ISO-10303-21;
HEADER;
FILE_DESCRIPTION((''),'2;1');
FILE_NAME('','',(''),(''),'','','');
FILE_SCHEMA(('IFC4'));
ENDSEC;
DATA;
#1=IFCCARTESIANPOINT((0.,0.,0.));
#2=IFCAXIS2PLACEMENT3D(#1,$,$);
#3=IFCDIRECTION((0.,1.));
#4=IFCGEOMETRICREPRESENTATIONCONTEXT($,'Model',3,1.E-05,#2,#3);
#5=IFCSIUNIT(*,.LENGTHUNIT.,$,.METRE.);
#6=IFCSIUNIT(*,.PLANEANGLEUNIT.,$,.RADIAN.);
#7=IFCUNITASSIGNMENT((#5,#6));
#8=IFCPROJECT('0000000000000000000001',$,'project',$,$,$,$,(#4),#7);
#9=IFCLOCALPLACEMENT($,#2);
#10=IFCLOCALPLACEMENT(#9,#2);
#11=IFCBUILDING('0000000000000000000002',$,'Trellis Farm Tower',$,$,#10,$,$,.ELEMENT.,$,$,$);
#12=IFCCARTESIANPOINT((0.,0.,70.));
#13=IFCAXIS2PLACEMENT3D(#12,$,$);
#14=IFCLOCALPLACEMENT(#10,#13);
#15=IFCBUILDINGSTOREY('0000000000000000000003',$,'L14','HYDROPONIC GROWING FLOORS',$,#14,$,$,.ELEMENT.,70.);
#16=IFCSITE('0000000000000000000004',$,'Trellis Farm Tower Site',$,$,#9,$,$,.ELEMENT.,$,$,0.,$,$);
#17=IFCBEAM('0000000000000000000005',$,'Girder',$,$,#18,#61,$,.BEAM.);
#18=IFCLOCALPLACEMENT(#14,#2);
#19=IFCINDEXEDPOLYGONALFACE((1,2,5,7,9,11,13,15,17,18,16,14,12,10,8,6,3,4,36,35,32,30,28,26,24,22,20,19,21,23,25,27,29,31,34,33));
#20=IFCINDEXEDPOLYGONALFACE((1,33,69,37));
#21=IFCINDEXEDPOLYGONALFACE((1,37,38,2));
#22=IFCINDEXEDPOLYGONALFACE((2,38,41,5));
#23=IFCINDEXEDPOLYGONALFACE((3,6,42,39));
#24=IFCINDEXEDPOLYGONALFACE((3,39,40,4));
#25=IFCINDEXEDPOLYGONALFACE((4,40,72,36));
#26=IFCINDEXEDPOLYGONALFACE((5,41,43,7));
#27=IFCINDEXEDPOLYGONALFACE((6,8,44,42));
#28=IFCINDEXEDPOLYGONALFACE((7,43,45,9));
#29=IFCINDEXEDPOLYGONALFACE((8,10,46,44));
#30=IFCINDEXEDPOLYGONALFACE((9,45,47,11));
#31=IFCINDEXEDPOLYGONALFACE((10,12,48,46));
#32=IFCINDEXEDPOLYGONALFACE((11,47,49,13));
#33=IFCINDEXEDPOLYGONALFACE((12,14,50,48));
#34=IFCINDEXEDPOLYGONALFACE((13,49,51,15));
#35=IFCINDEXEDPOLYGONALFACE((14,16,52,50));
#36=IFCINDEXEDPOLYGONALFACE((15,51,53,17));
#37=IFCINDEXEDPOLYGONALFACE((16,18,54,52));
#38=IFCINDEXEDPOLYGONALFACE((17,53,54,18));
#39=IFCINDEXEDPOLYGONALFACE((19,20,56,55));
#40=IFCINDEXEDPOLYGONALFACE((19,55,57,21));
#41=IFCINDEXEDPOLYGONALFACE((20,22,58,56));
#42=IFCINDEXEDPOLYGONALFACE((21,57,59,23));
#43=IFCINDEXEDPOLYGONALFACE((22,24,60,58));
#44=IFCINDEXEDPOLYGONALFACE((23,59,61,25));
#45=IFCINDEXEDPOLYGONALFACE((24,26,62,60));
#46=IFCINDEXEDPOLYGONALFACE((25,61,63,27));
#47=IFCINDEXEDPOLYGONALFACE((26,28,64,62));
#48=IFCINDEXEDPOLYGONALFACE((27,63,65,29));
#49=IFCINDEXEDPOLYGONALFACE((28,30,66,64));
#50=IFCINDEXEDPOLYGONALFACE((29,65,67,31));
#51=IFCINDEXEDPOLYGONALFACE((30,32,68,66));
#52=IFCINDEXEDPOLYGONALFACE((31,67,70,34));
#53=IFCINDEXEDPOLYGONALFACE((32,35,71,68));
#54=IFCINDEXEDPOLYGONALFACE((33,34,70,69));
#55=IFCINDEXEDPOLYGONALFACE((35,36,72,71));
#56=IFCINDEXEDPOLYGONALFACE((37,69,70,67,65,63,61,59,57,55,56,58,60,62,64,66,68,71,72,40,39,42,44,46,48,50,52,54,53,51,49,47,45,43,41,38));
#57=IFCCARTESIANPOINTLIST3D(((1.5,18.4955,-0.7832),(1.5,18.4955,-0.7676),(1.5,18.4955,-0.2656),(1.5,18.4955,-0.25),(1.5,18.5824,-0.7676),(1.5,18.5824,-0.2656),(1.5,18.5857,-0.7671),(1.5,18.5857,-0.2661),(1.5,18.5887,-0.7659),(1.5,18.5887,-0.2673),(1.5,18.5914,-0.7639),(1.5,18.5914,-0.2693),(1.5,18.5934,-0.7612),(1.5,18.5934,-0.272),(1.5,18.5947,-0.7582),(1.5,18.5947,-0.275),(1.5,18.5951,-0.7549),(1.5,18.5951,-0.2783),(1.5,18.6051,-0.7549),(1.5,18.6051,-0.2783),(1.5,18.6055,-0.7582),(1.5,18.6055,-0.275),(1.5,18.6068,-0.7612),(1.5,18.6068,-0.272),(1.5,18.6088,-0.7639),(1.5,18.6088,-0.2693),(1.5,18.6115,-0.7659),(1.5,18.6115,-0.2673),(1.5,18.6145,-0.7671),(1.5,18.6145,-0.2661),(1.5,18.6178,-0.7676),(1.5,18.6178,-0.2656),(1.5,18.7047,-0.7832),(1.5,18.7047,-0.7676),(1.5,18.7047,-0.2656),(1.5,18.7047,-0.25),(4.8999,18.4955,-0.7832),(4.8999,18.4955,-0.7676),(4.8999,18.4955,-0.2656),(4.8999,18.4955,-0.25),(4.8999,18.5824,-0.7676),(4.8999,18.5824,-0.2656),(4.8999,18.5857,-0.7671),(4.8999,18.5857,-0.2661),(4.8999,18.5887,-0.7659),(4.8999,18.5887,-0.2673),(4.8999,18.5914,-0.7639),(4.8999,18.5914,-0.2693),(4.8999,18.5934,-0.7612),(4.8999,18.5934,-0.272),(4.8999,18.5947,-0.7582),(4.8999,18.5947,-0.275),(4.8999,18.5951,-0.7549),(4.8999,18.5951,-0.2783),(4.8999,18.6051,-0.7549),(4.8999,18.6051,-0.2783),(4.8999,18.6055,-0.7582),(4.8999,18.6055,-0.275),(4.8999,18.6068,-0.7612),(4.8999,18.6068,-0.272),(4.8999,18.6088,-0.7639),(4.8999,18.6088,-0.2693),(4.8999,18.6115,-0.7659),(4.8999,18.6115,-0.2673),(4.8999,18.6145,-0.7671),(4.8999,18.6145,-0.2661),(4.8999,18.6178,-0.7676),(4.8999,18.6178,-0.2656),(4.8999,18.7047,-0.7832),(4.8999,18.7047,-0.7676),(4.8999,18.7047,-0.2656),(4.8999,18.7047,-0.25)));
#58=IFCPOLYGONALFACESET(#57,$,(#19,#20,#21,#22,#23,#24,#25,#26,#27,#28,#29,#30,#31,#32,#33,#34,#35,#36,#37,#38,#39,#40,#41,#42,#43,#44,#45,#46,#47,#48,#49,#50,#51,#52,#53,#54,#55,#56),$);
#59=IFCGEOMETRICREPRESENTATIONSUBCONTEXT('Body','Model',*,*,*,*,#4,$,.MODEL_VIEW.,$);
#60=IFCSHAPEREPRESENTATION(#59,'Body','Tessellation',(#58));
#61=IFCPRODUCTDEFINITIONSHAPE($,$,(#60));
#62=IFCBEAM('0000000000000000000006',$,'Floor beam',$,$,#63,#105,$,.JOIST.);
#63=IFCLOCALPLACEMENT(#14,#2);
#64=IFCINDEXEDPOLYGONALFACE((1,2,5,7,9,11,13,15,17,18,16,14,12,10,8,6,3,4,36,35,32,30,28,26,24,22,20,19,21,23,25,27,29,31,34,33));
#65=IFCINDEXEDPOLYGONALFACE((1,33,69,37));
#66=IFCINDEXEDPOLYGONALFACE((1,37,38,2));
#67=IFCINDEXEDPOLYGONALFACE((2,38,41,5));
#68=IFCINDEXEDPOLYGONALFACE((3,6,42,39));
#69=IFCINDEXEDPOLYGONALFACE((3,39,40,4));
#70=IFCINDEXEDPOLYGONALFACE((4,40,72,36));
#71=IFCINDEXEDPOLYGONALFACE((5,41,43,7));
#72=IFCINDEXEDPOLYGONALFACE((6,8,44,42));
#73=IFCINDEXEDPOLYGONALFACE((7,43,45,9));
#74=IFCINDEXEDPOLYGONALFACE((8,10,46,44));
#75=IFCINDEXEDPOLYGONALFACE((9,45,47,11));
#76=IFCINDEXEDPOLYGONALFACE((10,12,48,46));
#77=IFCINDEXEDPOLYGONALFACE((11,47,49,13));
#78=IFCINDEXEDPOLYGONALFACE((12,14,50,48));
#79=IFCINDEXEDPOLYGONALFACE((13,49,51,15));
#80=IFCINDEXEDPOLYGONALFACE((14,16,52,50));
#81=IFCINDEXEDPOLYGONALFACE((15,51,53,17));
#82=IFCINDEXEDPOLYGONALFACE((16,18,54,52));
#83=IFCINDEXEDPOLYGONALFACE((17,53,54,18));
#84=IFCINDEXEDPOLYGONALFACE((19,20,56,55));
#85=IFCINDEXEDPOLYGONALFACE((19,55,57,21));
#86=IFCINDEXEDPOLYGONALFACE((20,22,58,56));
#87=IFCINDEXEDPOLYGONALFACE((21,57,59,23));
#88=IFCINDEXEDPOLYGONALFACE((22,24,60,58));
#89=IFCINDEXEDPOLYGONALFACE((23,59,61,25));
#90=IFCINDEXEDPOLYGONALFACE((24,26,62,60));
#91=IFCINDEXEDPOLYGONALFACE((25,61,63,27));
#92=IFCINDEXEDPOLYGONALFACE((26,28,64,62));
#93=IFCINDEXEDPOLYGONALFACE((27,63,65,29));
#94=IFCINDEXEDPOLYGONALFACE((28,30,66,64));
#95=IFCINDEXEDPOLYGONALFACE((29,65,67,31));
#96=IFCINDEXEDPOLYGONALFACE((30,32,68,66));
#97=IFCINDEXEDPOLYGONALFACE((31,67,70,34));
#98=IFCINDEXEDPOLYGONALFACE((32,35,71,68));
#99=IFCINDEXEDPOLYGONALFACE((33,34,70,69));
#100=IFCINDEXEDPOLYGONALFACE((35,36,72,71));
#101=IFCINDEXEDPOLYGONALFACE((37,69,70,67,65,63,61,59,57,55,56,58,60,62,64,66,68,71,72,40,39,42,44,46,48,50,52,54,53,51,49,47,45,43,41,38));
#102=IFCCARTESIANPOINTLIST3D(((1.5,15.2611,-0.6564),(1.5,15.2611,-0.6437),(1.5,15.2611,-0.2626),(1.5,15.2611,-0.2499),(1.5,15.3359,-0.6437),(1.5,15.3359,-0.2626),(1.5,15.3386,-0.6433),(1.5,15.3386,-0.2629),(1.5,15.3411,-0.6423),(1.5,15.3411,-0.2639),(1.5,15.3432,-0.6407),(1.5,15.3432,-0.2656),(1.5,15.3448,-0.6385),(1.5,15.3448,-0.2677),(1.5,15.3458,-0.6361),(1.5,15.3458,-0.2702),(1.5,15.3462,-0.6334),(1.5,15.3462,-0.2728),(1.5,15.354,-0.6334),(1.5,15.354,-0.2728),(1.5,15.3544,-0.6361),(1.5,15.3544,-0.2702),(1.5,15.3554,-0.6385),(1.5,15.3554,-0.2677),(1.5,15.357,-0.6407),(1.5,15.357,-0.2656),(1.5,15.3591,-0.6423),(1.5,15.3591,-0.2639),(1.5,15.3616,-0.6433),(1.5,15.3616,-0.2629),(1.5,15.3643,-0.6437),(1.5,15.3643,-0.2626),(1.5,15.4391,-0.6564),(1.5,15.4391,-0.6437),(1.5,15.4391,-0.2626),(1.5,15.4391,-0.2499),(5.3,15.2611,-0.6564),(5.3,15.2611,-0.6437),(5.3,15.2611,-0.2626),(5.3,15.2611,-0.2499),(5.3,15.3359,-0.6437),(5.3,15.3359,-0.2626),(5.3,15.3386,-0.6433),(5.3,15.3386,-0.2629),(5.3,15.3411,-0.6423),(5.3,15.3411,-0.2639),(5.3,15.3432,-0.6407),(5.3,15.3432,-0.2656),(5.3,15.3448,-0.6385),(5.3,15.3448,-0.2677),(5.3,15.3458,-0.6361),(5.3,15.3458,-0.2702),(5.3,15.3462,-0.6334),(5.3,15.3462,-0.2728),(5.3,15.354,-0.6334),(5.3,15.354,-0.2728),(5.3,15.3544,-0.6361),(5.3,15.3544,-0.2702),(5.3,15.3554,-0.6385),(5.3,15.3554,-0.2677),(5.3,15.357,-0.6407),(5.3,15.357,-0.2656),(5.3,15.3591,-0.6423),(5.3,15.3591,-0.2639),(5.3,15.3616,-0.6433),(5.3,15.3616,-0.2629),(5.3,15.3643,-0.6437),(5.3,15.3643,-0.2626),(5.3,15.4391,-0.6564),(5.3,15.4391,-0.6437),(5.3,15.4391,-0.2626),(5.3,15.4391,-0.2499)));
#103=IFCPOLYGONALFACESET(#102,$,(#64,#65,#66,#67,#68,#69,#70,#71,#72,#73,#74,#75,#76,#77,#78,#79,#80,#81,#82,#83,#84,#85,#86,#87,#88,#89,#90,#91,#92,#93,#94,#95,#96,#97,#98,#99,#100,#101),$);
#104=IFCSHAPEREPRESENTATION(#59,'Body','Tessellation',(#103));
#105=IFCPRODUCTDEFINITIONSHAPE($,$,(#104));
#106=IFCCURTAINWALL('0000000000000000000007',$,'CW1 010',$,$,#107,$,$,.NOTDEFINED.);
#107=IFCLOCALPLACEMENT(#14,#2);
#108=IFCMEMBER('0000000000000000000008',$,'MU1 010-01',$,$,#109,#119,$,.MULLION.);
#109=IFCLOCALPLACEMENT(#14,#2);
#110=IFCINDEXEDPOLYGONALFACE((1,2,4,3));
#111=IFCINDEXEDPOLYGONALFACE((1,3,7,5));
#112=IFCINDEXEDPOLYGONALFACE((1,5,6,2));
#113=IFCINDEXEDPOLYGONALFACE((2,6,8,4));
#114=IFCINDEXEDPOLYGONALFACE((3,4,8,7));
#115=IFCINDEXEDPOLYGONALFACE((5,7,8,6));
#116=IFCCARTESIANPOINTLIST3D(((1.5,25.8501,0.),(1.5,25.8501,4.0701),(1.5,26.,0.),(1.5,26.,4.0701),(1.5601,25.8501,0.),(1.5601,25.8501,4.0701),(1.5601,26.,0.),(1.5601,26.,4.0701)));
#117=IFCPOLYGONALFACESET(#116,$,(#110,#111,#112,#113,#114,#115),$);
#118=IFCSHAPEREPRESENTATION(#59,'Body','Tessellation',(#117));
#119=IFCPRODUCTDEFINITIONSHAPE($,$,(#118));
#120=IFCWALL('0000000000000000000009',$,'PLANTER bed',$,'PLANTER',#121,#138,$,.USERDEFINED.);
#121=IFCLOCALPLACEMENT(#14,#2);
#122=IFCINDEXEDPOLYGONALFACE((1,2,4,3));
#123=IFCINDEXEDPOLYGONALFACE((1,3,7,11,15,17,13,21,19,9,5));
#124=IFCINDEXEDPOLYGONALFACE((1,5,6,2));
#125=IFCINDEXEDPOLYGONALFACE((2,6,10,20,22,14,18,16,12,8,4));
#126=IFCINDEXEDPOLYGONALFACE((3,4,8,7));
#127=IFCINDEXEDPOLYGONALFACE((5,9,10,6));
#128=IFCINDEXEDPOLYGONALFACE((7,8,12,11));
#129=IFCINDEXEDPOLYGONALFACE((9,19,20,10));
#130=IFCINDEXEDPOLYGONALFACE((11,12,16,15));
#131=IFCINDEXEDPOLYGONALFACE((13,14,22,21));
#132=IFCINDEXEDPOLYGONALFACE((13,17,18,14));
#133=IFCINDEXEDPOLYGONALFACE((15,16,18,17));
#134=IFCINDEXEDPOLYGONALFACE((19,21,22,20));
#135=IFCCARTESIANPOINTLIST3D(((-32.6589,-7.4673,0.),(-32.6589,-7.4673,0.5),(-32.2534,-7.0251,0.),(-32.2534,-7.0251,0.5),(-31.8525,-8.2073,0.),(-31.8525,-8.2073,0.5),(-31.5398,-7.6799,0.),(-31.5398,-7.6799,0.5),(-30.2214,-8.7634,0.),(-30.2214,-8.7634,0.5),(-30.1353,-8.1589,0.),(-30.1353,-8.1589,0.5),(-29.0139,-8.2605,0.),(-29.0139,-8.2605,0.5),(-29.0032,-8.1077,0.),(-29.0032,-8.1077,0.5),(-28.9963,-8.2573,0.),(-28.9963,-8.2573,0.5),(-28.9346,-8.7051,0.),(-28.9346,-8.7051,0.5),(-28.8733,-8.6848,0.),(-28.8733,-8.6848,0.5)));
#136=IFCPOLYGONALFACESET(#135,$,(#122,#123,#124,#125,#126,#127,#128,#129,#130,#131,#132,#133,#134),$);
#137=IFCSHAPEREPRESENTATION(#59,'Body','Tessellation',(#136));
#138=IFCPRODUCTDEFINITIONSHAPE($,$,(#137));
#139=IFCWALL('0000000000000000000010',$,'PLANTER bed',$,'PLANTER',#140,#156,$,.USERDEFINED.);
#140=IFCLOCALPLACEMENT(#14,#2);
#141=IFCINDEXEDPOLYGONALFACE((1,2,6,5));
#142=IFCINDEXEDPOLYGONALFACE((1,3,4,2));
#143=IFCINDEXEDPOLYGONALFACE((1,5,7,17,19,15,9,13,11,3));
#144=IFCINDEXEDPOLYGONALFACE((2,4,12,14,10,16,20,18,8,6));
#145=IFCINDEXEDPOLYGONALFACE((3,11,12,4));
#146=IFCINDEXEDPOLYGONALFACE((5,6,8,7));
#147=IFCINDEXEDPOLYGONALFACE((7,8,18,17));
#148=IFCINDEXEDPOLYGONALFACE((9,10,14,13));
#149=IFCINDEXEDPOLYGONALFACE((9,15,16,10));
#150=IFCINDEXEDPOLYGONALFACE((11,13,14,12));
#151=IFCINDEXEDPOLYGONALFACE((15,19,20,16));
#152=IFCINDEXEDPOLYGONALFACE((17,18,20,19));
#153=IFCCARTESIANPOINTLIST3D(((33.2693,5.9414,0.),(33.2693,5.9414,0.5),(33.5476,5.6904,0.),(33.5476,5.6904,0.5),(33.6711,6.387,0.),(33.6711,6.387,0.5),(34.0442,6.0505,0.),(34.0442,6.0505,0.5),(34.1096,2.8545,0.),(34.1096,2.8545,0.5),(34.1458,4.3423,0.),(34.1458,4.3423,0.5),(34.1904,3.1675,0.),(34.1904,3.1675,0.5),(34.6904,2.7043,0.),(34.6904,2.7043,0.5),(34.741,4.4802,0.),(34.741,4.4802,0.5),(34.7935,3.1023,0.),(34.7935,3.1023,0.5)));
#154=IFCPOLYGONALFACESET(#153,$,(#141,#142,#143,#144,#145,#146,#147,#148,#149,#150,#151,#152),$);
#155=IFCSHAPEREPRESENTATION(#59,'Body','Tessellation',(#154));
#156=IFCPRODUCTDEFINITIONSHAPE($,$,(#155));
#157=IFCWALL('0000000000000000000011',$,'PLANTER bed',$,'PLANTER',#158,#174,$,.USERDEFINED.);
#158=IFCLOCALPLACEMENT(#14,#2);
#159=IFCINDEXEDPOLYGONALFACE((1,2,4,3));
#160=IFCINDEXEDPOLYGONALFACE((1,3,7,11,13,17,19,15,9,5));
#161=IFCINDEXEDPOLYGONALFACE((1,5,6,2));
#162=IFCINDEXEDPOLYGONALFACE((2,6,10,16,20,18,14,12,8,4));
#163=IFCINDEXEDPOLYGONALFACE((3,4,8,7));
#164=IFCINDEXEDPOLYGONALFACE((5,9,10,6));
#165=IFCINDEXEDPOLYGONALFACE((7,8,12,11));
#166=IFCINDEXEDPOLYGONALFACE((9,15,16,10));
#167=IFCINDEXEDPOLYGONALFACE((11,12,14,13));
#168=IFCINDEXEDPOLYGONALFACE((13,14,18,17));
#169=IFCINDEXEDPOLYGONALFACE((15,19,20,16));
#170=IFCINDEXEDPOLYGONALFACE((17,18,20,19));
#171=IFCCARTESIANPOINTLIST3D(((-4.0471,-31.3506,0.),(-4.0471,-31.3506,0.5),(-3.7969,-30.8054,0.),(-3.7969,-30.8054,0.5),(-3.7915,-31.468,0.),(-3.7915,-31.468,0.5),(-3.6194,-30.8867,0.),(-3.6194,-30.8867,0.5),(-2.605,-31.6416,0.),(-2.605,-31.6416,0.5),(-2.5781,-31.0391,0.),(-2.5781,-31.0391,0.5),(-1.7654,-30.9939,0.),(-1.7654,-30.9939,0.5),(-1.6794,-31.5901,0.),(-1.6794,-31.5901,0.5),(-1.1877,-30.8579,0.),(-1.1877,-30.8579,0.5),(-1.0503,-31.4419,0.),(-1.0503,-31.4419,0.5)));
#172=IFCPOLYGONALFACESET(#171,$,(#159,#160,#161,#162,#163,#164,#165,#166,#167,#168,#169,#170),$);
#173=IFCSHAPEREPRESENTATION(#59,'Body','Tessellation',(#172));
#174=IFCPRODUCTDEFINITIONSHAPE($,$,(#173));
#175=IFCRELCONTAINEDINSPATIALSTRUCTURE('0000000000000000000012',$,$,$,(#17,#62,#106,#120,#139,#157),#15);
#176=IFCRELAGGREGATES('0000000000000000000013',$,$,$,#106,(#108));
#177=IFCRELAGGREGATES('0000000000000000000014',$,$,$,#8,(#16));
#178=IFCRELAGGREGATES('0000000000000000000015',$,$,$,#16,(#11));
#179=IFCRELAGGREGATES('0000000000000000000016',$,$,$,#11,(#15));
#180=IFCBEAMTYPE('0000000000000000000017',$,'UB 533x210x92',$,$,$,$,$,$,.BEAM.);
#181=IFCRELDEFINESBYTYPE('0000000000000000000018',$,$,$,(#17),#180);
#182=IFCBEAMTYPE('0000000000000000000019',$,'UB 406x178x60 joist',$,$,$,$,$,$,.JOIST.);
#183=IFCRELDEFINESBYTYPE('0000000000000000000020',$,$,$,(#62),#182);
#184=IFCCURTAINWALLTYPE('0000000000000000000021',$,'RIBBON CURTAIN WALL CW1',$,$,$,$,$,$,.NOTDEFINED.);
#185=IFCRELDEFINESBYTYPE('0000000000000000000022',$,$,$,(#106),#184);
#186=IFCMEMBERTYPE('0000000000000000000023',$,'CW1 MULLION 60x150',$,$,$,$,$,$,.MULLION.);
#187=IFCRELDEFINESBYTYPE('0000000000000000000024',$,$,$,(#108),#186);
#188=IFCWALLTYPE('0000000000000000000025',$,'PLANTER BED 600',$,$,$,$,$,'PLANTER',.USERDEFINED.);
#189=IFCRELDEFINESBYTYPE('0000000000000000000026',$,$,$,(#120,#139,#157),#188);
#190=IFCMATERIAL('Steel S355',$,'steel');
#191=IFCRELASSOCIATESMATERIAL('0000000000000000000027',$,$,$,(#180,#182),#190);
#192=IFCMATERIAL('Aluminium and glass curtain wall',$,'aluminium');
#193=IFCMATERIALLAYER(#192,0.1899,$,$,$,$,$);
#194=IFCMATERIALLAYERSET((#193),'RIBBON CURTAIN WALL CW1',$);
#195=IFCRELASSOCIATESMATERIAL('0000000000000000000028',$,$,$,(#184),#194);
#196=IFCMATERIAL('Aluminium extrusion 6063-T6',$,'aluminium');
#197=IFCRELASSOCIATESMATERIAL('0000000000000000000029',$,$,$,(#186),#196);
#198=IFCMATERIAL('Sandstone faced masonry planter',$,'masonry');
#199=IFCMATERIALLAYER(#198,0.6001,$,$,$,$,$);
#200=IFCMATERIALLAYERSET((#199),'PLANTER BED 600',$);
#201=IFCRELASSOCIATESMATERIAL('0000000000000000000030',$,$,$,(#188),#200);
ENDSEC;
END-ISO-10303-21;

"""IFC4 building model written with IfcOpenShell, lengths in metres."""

from ifc_helpers import new_model, si_unit, direction, frame, origin, origin_2d, place, context, subcontext, project, spatial, polyline, rectangle, i_section, outline, extrude, source, transform, mapped, material, layer, layer_set, material_profile, profile_set, type_object, element, aggregate, save


model = new_model("IFC4")

# Units and contexts
model_context = context("Model", 3, precision=1e-05, world=origin(), true_north=direction((0.0, 1.0)))
body_context = subcontext(model_context, "Body", "Model", "MODEL_VIEW")
ifc_project = project(units=[si_unit("LENGTHUNIT", "METRE"), si_unit("PLANEANGLEUNIT", "RADIAN")], contexts=[model_context])

# Site, building, storey
site_placement = place(None, origin())
site = spatial("IfcSite", under=ifc_project, at=site_placement, Name="Trellis Farm Tower Site", CompositionType="ELEMENT", RefElevation=0.0)
building_placement = place(site_placement, origin())
building = spatial("IfcBuilding", under=site, at=building_placement, Name="Trellis Farm Tower", CompositionType="ELEMENT")
storey_placement = place(building_placement, frame((0.0, 0.0, 70.0)))
storey = spatial("IfcBuildingStorey", under=building, at=storey_placement, Name="L14", Description="HYDROPONIC GROWING FLOORS", CompositionType="ELEMENT", Elevation=70.0)

# Beams
ifc_material_1 = material(Name="Steel S355", Category="steel")
ifc_material_profile_1 = material_profile(ifc_material_1, i_section(OverallWidth=0.2092, OverallDepth=0.5332, WebThickness=0.01, FlangeThickness=0.0156, FilletRadius=0.0127, at=origin_2d()), Name="UB 533x210x92")
ifc_profile_set_1 = profile_set([ifc_material_profile_1], Name="Steel S355")
beam_type_1 = type_object("IfcBeamType", Name="UB 533x210x92", PredefinedType="BEAM", material=ifc_profile_set_1)
shared_shape_1 = source(origin(), body_context, "Body", "SweptSolid", [
    extrude(i_section(OverallWidth=0.2092, OverallDepth=0.5332, WebThickness=0.01, FlangeThickness=0.0156, FilletRadius=0.0127, at=origin_2d()), origin(), (0.0, 0.0, 1.0), 3.3999),
])
beam_1_placement = place(storey_placement, frame((1.5, 18.6001, -0.5166), z_axis=(1.0, 0.0, 0.0), x_axis=(0.0, 1.0, 0.0)))
element("IfcBeam", 1, at=beam_1_placement, inside=storey, type_object=beam_type_1, Name="Girder", PredefinedType="BEAM", context=body_context, shape_type="MappedRepresentation", body=[
    mapped(shared_shape_1, transform((0.0, 0.0, 0.0))),
])
ifc_material_profile_2 = material_profile(ifc_material_1, i_section(OverallWidth=0.178, OverallDepth=0.4065, WebThickness=0.0078, FlangeThickness=0.0127, FilletRadius=0.0103, at=origin_2d()), Name="UB 406x178x60")
ifc_profile_set_2 = profile_set([ifc_material_profile_2], Name="Steel S355")
beam_type_2 = type_object("IfcBeamType", Name="UB 406x178x60 joist", PredefinedType="JOIST", material=ifc_profile_set_2)
shared_shape_2 = source(origin(), body_context, "Body", "SweptSolid", [
    extrude(i_section(OverallWidth=0.178, OverallDepth=0.4065, WebThickness=0.0078, FlangeThickness=0.0127, FilletRadius=0.0103, at=origin_2d()), origin(), (0.0, 0.0, 1.0), 3.8),
])
beam_2_placement = place(storey_placement, frame((1.5, 15.3501, -0.4531), z_axis=(1.0, 0.0, 0.0), x_axis=(0.0, 1.0, 0.0)))
element("IfcBeam", 2, at=beam_2_placement, inside=storey, type_object=beam_type_2, Name="Floor beam", PredefinedType="JOIST", context=body_context, shape_type="MappedRepresentation", body=[
    mapped(shared_shape_2, transform((0.0, 0.0, 0.0))),
])

# Curtain wall, member
ifc_material_2 = material(Name="Aluminium and glass curtain wall", Category="aluminium")
ifc_layer_1 = layer(ifc_material_2, 0.1899)
ifc_layer_set_1 = layer_set([ifc_layer_1], Name="RIBBON CURTAIN WALL CW1")
curtain_wall_type = type_object("IfcCurtainWallType", Name="RIBBON CURTAIN WALL CW1", PredefinedType="NOTDEFINED", material=ifc_layer_set_1)
placement = place(storey_placement, origin())
curtain_wall = element("IfcCurtainWall", 3, at=placement, inside=storey, type_object=curtain_wall_type, Name="CW1 010", PredefinedType="NOTDEFINED")
ifc_material_3 = material(Name="Aluminium extrusion 6063-T6", Category="aluminium")
ifc_material_profile_3 = material_profile(ifc_material_3, rectangle(XDim=0.0601, YDim=0.1499, at=origin_2d()), Name="MULLION 60x150")
ifc_profile_set_3 = profile_set([ifc_material_profile_3], Name="Aluminium extrusion 6063-T6")
member_type = type_object("IfcMemberType", Name="CW1 MULLION 60x150", PredefinedType="MULLION", material=ifc_profile_set_3)
shared_shape_3 = source(origin(), body_context, "Body", "SweptSolid", [
    extrude(rectangle(XDim=0.0601, YDim=0.1499, at=origin_2d()), origin(), (0.0, 0.0, 1.0), 4.0701),
])
member_placement = place(storey_placement, frame((1.53, 25.925, 0.0), z_axis=(0.0, 0.0, 1.0), x_axis=(-1.0, 0.0, 0.0)))
member = element("IfcMember", 4, at=member_placement, type_object=member_type, Name="MU1 010-01", PredefinedType="MULLION", context=body_context, shape_type="MappedRepresentation", body=[
    mapped(shared_shape_3, transform((0.0, 0.0, 0.0))),
])
aggregate(curtain_wall, [member])

# Walls
ifc_material_4 = material(Name="Sandstone faced masonry planter", Category="masonry")
ifc_layer_2 = layer(ifc_material_4, 0.6001)
ifc_layer_set_2 = layer_set([ifc_layer_2], Name="PLANTER BED 600")
wall_type_1 = type_object("IfcWallType", Name="PLANTER BED 600", ElementType="PLANTER", PredefinedType="USERDEFINED", material=ifc_layer_set_2)
element("IfcWall", 5, at=placement, inside=storey, type_object=wall_type_1, Name="PLANTER bed", ObjectType="PLANTER", PredefinedType="USERDEFINED", context=body_context, shape_type="SweptSolid", body=[
    extrude(outline(polyline([(-29.0139, -8.2605), (-28.8733, -8.6848), (-28.9346, -8.7051), (-30.2214, -8.7634), (-31.8525, -8.2073), (-32.6589, -7.4673), (-32.2534, -7.0251), (-31.5398, -7.6799), (-30.1353, -8.1589), (-29.0032, -8.1077), (-28.9963, -8.2573), (-29.0139, -8.2605)])), origin(), (0.0, 0.0, 1.0), 0.5),
])
element("IfcWall", 6, at=placement, inside=storey, type_object=wall_type_1, Name="PLANTER bed", ObjectType="PLANTER", PredefinedType="USERDEFINED", context=body_context, shape_type="SweptSolid", body=[
    extrude(outline(polyline([(34.741, 4.4802), (34.7935, 3.1023), (34.6904, 2.7043), (34.1096, 2.8545), (34.1904, 3.1675), (34.1458, 4.3423), (33.5476, 5.6904), (33.2693, 5.9414), (33.6711, 6.387), (34.0442, 6.0505), (34.741, 4.4802)])), origin(), (0.0, 0.0, 1.0), 0.5),
])
element("IfcWall", 7, at=placement, inside=storey, type_object=wall_type_1, Name="PLANTER bed", ObjectType="PLANTER", PredefinedType="USERDEFINED", context=body_context, shape_type="SweptSolid", body=[
    extrude(outline(polyline([(-2.605, -31.6416), (-3.7915, -31.468), (-4.0471, -31.3506), (-3.7969, -30.8054), (-3.6194, -30.8867), (-2.5781, -31.0391), (-1.7654, -30.9939), (-1.1877, -30.8579), (-1.0503, -31.4419), (-1.6794, -31.5901), (-2.605, -31.6416)])), origin(), (0.0, 0.0, 1.0), 0.5),
])

save(model, "model.ifc")
